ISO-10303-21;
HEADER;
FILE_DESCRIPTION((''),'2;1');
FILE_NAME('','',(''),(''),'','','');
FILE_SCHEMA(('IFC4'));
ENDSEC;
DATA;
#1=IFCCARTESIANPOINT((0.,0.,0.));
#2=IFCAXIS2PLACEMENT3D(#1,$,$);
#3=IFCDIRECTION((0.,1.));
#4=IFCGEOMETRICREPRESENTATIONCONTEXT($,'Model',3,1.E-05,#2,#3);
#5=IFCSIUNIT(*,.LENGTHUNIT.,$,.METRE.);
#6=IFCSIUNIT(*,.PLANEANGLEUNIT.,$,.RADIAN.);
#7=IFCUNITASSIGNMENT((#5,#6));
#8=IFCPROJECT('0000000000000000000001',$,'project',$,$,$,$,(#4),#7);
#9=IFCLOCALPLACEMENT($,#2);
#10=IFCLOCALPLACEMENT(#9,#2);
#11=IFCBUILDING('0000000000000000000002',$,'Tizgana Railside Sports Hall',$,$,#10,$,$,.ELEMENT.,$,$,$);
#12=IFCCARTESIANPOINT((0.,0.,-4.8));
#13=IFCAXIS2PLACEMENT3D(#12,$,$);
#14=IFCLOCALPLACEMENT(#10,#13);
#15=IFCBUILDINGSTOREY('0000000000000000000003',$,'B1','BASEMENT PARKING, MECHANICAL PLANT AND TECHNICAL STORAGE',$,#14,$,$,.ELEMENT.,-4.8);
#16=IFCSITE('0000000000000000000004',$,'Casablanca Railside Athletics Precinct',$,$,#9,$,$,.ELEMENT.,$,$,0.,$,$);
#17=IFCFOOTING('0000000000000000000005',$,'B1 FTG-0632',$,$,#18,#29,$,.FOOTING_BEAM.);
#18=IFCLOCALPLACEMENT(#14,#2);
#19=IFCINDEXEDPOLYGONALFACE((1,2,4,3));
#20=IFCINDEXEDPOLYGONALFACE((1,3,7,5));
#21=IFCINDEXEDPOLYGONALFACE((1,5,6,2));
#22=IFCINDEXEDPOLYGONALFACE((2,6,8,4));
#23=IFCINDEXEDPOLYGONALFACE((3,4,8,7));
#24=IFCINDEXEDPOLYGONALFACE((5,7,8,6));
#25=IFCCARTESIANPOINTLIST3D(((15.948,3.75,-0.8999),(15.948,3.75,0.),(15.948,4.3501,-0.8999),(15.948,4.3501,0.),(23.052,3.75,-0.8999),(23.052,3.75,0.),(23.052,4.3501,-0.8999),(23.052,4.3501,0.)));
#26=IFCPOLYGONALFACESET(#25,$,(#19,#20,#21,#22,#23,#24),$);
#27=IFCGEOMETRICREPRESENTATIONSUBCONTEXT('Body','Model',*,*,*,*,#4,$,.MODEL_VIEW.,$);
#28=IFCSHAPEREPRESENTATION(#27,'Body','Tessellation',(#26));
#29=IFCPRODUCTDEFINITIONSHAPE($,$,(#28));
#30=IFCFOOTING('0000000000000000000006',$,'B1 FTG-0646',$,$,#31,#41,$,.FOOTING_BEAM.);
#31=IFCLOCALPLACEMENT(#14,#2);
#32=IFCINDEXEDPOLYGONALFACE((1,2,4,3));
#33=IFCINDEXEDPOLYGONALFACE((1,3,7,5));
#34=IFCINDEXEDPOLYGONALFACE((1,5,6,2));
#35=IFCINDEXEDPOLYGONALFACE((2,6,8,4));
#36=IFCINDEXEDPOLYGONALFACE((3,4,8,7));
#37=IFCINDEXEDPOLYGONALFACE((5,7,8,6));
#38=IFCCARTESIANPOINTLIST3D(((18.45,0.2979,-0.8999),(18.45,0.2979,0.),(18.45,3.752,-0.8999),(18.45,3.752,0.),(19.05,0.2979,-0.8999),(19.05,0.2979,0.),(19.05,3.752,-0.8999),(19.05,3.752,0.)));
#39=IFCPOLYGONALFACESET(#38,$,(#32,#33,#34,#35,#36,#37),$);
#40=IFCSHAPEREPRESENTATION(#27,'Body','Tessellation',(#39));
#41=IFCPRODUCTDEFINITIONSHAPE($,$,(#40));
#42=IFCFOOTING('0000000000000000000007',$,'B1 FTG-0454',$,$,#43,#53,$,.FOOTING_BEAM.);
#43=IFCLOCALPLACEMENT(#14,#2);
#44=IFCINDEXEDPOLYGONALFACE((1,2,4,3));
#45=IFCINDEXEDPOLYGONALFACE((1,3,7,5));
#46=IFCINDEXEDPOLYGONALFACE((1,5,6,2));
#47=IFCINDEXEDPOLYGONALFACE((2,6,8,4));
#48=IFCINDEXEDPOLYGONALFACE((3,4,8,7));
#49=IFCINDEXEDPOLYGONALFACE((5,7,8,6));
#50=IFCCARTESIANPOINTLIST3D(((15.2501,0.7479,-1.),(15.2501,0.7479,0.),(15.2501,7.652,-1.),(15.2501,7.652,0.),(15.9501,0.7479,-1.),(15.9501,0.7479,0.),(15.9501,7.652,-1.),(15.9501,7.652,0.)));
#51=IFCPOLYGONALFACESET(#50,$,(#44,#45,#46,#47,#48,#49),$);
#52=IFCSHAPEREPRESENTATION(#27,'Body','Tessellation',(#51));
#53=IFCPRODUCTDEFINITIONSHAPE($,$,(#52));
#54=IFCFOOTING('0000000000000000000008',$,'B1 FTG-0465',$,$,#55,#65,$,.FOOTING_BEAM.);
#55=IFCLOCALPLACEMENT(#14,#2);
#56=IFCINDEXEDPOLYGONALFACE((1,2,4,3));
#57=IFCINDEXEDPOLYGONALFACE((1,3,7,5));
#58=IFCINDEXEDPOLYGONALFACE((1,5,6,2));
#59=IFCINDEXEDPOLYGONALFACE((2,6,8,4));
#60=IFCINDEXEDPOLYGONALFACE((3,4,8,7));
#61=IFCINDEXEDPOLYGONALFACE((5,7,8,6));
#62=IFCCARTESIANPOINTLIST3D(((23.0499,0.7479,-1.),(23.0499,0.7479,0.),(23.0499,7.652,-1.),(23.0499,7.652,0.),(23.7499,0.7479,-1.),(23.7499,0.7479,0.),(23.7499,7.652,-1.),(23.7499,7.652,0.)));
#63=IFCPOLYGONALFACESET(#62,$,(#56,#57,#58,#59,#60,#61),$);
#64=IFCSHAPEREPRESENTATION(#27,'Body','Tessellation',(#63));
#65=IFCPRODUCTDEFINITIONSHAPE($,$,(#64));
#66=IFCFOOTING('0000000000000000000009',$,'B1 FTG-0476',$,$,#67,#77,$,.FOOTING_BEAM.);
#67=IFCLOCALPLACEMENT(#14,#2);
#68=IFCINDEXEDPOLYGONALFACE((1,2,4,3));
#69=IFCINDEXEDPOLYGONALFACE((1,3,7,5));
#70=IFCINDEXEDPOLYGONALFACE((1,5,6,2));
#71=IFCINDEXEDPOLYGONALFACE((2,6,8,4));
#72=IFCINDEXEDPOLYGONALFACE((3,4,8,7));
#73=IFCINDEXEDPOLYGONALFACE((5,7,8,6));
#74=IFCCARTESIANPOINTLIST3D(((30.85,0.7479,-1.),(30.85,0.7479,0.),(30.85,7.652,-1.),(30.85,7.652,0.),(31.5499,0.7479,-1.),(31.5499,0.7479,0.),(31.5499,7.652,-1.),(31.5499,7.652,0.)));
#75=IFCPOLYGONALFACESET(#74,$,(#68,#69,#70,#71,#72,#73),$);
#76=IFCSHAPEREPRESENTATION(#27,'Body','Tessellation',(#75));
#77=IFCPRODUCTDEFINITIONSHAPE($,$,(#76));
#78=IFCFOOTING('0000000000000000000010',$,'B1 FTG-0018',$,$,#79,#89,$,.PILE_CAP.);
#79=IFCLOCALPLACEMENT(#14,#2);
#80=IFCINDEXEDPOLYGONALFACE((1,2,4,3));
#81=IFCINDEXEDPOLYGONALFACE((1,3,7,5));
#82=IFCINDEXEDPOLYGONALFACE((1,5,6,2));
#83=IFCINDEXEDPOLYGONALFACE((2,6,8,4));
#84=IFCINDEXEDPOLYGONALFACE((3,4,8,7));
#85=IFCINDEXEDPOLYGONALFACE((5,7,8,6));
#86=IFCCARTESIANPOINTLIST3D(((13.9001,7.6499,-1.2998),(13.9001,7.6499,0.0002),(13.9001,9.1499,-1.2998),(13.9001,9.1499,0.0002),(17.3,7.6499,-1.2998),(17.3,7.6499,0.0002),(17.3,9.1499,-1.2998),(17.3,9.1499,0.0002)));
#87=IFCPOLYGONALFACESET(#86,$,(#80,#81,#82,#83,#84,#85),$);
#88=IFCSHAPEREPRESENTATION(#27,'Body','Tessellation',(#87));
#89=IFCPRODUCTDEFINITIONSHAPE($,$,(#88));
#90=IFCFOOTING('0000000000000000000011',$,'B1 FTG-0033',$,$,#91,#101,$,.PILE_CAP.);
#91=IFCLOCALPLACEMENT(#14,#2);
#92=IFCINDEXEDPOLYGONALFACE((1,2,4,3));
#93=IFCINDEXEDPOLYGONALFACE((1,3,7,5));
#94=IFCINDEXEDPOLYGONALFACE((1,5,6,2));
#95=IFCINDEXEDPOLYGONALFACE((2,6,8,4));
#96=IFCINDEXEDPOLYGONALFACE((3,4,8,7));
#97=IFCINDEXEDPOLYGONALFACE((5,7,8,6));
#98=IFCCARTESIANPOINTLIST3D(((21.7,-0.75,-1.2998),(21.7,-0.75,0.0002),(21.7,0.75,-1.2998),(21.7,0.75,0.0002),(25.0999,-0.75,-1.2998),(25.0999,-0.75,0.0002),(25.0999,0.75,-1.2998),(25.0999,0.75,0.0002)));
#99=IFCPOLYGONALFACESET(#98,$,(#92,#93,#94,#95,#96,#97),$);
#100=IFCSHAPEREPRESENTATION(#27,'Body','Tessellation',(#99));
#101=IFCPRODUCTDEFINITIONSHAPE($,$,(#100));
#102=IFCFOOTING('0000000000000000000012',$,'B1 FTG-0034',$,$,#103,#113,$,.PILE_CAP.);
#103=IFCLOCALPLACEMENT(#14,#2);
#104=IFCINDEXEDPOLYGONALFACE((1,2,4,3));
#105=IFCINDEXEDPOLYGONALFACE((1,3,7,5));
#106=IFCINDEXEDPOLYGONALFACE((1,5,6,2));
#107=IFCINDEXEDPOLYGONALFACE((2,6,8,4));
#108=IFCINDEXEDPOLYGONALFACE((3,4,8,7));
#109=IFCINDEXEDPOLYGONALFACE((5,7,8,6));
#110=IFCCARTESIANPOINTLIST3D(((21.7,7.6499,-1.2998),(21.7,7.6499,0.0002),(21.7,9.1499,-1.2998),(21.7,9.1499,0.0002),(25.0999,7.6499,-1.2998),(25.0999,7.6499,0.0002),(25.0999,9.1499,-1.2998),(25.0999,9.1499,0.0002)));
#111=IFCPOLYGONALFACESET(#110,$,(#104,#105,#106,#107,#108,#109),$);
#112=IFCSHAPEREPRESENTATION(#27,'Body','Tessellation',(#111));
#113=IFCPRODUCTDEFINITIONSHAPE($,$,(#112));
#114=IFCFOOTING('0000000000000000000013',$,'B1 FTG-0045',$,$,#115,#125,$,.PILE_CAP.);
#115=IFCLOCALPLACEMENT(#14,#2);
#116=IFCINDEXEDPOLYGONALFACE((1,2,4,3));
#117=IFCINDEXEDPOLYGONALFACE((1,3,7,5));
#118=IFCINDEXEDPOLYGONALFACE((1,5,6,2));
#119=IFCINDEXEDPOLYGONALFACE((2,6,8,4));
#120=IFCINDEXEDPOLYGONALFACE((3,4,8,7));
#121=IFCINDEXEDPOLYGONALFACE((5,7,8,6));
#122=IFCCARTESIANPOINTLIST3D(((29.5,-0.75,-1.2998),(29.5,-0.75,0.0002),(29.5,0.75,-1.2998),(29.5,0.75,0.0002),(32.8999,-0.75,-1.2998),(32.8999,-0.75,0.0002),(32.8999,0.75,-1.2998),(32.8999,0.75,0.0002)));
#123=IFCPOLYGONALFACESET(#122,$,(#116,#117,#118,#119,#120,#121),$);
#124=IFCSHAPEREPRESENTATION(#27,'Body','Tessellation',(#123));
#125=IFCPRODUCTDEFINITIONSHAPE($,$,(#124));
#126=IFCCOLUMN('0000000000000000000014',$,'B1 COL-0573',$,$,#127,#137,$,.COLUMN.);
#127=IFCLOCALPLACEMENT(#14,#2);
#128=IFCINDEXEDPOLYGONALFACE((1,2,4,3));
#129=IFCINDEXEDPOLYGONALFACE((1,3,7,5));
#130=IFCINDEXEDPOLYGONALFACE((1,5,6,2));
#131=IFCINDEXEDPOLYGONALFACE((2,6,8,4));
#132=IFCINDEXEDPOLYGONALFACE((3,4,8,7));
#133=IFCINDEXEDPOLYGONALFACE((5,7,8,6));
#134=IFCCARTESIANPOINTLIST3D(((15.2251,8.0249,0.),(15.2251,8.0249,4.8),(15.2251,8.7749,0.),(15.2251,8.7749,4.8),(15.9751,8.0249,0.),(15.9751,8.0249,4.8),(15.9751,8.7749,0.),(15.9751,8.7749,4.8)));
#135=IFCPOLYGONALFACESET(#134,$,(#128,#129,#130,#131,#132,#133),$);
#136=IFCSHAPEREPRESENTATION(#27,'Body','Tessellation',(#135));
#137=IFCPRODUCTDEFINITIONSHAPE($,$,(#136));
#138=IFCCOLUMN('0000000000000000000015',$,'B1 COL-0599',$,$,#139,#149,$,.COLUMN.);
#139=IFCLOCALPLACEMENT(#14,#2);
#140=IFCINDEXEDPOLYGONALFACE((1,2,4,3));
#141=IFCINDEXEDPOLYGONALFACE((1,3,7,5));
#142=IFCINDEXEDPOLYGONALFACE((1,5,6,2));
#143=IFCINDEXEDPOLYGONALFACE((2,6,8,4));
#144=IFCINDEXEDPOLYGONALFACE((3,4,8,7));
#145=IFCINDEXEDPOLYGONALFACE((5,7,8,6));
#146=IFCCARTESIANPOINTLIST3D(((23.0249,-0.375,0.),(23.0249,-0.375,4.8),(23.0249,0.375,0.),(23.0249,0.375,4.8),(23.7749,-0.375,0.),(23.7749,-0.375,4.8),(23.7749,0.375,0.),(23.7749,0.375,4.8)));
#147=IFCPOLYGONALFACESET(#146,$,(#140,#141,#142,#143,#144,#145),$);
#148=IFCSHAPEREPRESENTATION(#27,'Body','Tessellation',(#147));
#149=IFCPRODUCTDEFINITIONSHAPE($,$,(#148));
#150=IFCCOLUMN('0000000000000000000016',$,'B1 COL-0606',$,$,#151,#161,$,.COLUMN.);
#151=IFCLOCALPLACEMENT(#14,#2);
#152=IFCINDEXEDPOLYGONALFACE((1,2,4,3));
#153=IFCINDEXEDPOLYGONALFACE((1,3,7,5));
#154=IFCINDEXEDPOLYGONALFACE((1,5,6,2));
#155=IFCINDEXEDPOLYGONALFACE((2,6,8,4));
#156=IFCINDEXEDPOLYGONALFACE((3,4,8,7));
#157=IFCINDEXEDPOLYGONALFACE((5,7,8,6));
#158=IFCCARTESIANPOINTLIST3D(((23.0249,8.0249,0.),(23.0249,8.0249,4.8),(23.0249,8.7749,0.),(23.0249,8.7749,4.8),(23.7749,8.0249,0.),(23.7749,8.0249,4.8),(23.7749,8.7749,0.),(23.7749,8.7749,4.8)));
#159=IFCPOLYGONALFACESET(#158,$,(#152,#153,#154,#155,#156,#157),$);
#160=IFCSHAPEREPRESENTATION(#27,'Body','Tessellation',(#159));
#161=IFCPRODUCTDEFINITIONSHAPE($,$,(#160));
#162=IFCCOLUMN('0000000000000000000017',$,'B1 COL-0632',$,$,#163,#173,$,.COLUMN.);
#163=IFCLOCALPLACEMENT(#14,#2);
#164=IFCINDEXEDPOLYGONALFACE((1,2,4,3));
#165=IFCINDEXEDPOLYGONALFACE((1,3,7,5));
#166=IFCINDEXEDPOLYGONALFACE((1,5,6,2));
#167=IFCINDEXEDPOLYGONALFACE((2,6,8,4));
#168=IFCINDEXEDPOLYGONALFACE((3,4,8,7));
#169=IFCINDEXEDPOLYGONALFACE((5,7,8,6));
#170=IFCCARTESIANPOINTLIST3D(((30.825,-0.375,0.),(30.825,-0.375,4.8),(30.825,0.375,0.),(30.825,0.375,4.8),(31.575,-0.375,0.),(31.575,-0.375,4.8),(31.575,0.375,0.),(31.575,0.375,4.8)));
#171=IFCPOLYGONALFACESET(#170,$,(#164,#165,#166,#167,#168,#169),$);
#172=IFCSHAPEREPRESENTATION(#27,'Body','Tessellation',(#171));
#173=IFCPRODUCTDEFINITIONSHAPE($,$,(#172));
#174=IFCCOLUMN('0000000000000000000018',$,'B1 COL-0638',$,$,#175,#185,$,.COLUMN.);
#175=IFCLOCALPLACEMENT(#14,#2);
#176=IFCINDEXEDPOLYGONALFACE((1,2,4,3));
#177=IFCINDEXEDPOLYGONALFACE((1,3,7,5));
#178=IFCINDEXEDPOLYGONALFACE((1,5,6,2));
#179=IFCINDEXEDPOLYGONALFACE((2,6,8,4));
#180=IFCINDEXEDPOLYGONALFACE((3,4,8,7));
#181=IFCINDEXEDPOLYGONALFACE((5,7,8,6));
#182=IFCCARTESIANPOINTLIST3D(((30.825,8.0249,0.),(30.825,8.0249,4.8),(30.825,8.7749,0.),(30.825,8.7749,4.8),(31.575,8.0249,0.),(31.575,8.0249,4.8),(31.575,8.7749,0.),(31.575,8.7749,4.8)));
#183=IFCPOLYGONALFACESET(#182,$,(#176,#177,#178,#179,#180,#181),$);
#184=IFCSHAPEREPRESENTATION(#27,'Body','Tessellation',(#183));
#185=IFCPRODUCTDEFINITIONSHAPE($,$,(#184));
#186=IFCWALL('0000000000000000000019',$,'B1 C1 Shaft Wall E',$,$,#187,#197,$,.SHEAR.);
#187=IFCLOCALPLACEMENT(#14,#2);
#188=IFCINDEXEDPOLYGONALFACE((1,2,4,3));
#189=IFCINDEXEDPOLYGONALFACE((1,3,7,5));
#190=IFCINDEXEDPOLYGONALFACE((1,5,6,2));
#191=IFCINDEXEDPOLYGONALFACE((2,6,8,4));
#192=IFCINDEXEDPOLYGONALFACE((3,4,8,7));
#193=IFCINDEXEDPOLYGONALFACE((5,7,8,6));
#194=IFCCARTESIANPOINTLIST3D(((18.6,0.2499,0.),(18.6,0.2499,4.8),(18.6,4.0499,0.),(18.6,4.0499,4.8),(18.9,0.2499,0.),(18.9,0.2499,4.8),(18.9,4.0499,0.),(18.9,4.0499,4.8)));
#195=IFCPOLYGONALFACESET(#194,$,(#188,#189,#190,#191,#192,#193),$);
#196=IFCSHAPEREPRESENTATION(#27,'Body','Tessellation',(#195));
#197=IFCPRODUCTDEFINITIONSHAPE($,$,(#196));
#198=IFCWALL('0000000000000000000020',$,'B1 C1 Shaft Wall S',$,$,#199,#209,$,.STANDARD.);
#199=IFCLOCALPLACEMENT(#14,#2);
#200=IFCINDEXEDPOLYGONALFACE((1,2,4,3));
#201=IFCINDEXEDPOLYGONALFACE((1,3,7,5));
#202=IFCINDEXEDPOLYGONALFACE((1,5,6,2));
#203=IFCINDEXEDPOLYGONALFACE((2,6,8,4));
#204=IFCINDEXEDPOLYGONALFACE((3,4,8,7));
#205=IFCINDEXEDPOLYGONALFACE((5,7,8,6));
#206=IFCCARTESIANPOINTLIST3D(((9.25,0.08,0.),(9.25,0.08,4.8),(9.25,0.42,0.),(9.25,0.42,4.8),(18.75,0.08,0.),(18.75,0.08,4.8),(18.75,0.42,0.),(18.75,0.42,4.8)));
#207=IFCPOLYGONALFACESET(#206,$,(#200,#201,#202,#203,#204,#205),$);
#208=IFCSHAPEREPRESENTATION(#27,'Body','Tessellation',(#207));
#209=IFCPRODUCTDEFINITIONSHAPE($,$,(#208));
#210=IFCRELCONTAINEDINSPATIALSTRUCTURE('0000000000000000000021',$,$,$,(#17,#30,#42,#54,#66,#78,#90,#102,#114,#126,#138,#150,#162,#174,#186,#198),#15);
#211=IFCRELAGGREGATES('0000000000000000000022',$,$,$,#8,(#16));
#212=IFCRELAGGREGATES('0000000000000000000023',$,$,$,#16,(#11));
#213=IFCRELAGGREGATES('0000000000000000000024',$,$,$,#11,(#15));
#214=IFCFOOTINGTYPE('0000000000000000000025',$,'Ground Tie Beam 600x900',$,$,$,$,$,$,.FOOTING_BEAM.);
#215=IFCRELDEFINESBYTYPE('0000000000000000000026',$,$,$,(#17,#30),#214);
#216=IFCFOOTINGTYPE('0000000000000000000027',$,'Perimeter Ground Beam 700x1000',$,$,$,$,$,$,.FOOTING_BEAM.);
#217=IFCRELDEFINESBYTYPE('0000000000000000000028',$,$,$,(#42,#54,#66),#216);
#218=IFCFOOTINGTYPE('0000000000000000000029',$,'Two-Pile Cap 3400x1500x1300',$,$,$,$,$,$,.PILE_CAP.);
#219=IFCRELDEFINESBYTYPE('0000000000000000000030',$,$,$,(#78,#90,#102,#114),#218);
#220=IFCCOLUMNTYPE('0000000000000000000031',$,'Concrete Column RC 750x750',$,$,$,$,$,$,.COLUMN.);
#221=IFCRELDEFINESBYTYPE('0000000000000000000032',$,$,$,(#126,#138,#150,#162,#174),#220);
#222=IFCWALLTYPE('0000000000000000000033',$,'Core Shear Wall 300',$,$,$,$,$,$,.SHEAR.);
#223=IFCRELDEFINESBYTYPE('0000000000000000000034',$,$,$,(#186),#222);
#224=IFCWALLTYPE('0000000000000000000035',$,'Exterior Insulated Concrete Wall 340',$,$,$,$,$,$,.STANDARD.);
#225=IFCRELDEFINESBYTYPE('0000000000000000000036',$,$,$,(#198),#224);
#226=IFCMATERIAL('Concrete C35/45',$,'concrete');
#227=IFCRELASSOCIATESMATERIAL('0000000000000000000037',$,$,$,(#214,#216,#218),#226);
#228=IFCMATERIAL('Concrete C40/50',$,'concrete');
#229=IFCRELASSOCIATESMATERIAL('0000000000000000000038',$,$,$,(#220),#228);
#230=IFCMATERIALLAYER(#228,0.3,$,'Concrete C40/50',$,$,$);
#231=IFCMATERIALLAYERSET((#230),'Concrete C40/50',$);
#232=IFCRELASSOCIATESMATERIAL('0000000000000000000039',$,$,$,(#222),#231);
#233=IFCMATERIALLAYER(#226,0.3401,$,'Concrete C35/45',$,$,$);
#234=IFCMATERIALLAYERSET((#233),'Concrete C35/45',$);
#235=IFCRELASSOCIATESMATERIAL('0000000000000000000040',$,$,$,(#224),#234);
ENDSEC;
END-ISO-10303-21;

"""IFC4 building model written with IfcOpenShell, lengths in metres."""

from ifc_helpers import new_model, si_unit, direction, frame, frame_2d, origin, origin_2d, place, context, subcontext, project, spatial, rectangle, extrude, material, layer, layer_set, material_profile, profile_set, type_object, element, save


model = new_model("IFC4")

# Units and contexts
model_context = context("Model", 3, precision=1e-05, world=origin(), true_north=direction((0.0, 1.0)))
body_context = subcontext(model_context, "Body", "Model", "MODEL_VIEW")
ifc_project = project(units=[si_unit("LENGTHUNIT", "METRE"), si_unit("PLANEANGLEUNIT", "RADIAN")], contexts=[model_context])

# Site, building, storey
site_placement = place(None, origin())
site = spatial("IfcSite", under=ifc_project, at=site_placement, Name="Casablanca Railside Athletics Precinct", CompositionType="ELEMENT", RefElevation=0.0)
building_placement = place(site_placement, origin())
building = spatial("IfcBuilding", under=site, at=building_placement, Name="Tizgana Railside Sports Hall", CompositionType="ELEMENT")
storey_placement = place(building_placement, frame((0.0, 0.0, -4.8)))
storey = spatial("IfcBuildingStorey", under=building, at=storey_placement, Name="B1", Description="BASEMENT PARKING, MECHANICAL PLANT AND TECHNICAL STORAGE", CompositionType="ELEMENT", Elevation=-4.8)

# Shared definitions
ifc_material_1 = material(Name="Concrete C35/45", Category="concrete")

# Footings
footing_type_1 = type_object("IfcFootingType", Name="Ground Tie Beam 600x900", PredefinedType="FOOTING_BEAM", material=ifc_material_1)
footing_1_placement = place(storey_placement, frame((19.5, 4.05, -0.8999), z_axis=(0.0, 0.0, 1.0), x_axis=(1.0, 0.0, 0.0)))
element("IfcFooting", 1, at=footing_1_placement, inside=storey, type_object=footing_type_1, Name="B1 FTG-0632", PredefinedType="FOOTING_BEAM", context=body_context, shape_type="SweptSolid", body=[
    extrude(rectangle(XDim=7.104, YDim=0.6001, at=origin_2d()), origin(), (0.0, 0.0, 1.0), 0.8999),
])
footing_2_placement = place(storey_placement, frame((18.75, 2.0249, -0.8999), z_axis=(0.0, 0.0, 1.0), x_axis=(0.0, 1.0, 0.0)))
element("IfcFooting", 2, at=footing_2_placement, inside=storey, type_object=footing_type_1, Name="B1 FTG-0646", PredefinedType="FOOTING_BEAM", context=body_context, shape_type="SweptSolid", body=[
    extrude(rectangle(XDim=3.4541, YDim=0.6001, at=origin_2d()), origin(), (0.0, 0.0, 1.0), 0.8999),
])
footing_type_2 = type_object("IfcFootingType", Name="Perimeter Ground Beam 700x1000", PredefinedType="FOOTING_BEAM", material=ifc_material_1)
for number, where, z_axis, x_axis, name in (
    (3, (15.6001, 4.2, -1.0), (0.0, 0.0, 1.0), (0.0, 1.0, 0.0), "B1 FTG-0454"),
    (4, (23.3999, 4.2, -1.0), (0.0, 0.0, 1.0), (0.0, 1.0, 0.0), "B1 FTG-0465"),
    (5, (31.2, 4.2, -1.0), (0.0, 0.0, 1.0), (0.0, 1.0, 0.0), "B1 FTG-0476"),
):
    element("IfcFooting", number, at=place(storey_placement, frame(where, z_axis=z_axis, x_axis=x_axis)), inside=storey, type_object=footing_type_2, Name=name, PredefinedType="FOOTING_BEAM", context=body_context, shape_type="SweptSolid", body=[
        extrude(rectangle(XDim=6.9041, YDim=0.7, at=origin_2d()), origin(), (0.0, 0.0, 1.0), 1.0),
    ])
footing_type_3 = type_object("IfcFootingType", Name="Two-Pile Cap 3400x1500x1300", PredefinedType="PILE_CAP", material=ifc_material_1)
for number, where, z_axis, x_axis, name in (
    (6, (15.6001, 8.3999, -1.2998), (0.0, 0.0, 1.0), (1.0, 0.0, 0.0), "B1 FTG-0018"),
    (7, (23.3999, 0.0, -1.2998), (0.0, 0.0, 1.0), (1.0, 0.0, 0.0), "B1 FTG-0033"),
    (8, (23.3999, 8.3999, -1.2998), (0.0, 0.0, 1.0), (1.0, 0.0, 0.0), "B1 FTG-0034"),
    (9, (31.2, 0.0, -1.2998), (0.0, 0.0, 1.0), (1.0, 0.0, 0.0), "B1 FTG-0045"),
):
    element("IfcFooting", number, at=place(storey_placement, frame(where, z_axis=z_axis, x_axis=x_axis)), inside=storey, type_object=footing_type_3, Name=name, PredefinedType="PILE_CAP", context=body_context, shape_type="SweptSolid", body=[
        extrude(rectangle(XDim=3.3999, YDim=1.5, at=origin_2d()), origin(), (0.0, 0.0, 1.0), 1.3),
    ])

# Columns
ifc_material_2 = material(Name="Concrete C40/50", Category="concrete")
ifc_material_profile_1 = material_profile(ifc_material_2, rectangle(XDim=0.75, YDim=0.75, at=origin_2d()), Name="RC 750x750")
ifc_profile_set_1 = profile_set([ifc_material_profile_1], Name="Concrete C40/50")
column_type = type_object("IfcColumnType", Name="Concrete Column RC 750x750", PredefinedType="COLUMN", material=ifc_profile_set_1)
for number, where, z_axis, x_axis, name in (
    (10, (15.6001, 8.3999, 0.0), (0.0, 0.0, 1.0), (1.0, 0.0, 0.0), "B1 COL-0573"),
    (11, (23.3999, 0.0, 0.0), (0.0, 0.0, 1.0), (1.0, 0.0, 0.0), "B1 COL-0599"),
    (12, (23.3999, 8.3999, 0.0), (0.0, 0.0, 1.0), (1.0, 0.0, 0.0), "B1 COL-0606"),
    (13, (31.2, 0.0, 0.0), (0.0, 0.0, 1.0), (1.0, 0.0, 0.0), "B1 COL-0632"),
    (14, (31.2, 8.3999, 0.0), (0.0, 0.0, 1.0), (1.0, 0.0, 0.0), "B1 COL-0638"),
):
    element("IfcColumn", number, at=place(storey_placement, frame(where, z_axis=z_axis, x_axis=x_axis)), inside=storey, type_object=column_type, Name=name, PredefinedType="COLUMN", context=body_context, shape_type="SweptSolid", body=[
        extrude(rectangle(XDim=0.75, YDim=0.75, at=origin_2d()), origin(), (0.0, 0.0, 1.0), 4.8),
    ])

# Walls
ifc_layer_1 = layer(ifc_material_2, 0.3, Name="Concrete C40/50")
ifc_layer_set_1 = layer_set([ifc_layer_1], Name="Concrete C40/50")
wall_type_1 = type_object("IfcWallType", Name="Core Shear Wall 300", PredefinedType="SHEAR", material=ifc_layer_set_1)
wall_1_placement = place(storey_placement, frame((18.75, 0.25, 0.0), z_axis=(0.0, 0.0, 1.0), x_axis=(0.0, 1.0, 0.0)))
element("IfcWall", 15, at=wall_1_placement, inside=storey, type_object=wall_type_1, Name="B1 C1 Shaft Wall E", PredefinedType="SHEAR", context=body_context, shape_type="SweptSolid", body=[
    extrude(rectangle(XDim=3.8, YDim=0.3, at=frame_2d((1.8999, 0.0))), origin(), (0.0, 0.0, 1.0), 4.8),
])
ifc_layer_2 = layer(ifc_material_1, 0.3401, Name="Concrete C35/45")
ifc_layer_set_2 = layer_set([ifc_layer_2], Name="Concrete C35/45")
wall_type_2 = type_object("IfcWallType", Name="Exterior Insulated Concrete Wall 340", PredefinedType="STANDARD", material=ifc_layer_set_2)
wall_2_placement = place(storey_placement, frame((18.75, 0.25, 0.0), z_axis=(0.0, 0.0, 1.0), x_axis=(-1.0, 0.0, 0.0)))
element("IfcWall", 16, at=wall_2_placement, inside=storey, type_object=wall_type_2, Name="B1 C1 Shaft Wall S", PredefinedType="STANDARD", context=body_context, shape_type="SweptSolid", body=[
    extrude(rectangle(XDim=9.5, YDim=0.3401, at=frame_2d((4.75, 0.0))), origin(), (0.0, 0.0, 1.0), 4.8),
])

save(model, "model.ifc")
